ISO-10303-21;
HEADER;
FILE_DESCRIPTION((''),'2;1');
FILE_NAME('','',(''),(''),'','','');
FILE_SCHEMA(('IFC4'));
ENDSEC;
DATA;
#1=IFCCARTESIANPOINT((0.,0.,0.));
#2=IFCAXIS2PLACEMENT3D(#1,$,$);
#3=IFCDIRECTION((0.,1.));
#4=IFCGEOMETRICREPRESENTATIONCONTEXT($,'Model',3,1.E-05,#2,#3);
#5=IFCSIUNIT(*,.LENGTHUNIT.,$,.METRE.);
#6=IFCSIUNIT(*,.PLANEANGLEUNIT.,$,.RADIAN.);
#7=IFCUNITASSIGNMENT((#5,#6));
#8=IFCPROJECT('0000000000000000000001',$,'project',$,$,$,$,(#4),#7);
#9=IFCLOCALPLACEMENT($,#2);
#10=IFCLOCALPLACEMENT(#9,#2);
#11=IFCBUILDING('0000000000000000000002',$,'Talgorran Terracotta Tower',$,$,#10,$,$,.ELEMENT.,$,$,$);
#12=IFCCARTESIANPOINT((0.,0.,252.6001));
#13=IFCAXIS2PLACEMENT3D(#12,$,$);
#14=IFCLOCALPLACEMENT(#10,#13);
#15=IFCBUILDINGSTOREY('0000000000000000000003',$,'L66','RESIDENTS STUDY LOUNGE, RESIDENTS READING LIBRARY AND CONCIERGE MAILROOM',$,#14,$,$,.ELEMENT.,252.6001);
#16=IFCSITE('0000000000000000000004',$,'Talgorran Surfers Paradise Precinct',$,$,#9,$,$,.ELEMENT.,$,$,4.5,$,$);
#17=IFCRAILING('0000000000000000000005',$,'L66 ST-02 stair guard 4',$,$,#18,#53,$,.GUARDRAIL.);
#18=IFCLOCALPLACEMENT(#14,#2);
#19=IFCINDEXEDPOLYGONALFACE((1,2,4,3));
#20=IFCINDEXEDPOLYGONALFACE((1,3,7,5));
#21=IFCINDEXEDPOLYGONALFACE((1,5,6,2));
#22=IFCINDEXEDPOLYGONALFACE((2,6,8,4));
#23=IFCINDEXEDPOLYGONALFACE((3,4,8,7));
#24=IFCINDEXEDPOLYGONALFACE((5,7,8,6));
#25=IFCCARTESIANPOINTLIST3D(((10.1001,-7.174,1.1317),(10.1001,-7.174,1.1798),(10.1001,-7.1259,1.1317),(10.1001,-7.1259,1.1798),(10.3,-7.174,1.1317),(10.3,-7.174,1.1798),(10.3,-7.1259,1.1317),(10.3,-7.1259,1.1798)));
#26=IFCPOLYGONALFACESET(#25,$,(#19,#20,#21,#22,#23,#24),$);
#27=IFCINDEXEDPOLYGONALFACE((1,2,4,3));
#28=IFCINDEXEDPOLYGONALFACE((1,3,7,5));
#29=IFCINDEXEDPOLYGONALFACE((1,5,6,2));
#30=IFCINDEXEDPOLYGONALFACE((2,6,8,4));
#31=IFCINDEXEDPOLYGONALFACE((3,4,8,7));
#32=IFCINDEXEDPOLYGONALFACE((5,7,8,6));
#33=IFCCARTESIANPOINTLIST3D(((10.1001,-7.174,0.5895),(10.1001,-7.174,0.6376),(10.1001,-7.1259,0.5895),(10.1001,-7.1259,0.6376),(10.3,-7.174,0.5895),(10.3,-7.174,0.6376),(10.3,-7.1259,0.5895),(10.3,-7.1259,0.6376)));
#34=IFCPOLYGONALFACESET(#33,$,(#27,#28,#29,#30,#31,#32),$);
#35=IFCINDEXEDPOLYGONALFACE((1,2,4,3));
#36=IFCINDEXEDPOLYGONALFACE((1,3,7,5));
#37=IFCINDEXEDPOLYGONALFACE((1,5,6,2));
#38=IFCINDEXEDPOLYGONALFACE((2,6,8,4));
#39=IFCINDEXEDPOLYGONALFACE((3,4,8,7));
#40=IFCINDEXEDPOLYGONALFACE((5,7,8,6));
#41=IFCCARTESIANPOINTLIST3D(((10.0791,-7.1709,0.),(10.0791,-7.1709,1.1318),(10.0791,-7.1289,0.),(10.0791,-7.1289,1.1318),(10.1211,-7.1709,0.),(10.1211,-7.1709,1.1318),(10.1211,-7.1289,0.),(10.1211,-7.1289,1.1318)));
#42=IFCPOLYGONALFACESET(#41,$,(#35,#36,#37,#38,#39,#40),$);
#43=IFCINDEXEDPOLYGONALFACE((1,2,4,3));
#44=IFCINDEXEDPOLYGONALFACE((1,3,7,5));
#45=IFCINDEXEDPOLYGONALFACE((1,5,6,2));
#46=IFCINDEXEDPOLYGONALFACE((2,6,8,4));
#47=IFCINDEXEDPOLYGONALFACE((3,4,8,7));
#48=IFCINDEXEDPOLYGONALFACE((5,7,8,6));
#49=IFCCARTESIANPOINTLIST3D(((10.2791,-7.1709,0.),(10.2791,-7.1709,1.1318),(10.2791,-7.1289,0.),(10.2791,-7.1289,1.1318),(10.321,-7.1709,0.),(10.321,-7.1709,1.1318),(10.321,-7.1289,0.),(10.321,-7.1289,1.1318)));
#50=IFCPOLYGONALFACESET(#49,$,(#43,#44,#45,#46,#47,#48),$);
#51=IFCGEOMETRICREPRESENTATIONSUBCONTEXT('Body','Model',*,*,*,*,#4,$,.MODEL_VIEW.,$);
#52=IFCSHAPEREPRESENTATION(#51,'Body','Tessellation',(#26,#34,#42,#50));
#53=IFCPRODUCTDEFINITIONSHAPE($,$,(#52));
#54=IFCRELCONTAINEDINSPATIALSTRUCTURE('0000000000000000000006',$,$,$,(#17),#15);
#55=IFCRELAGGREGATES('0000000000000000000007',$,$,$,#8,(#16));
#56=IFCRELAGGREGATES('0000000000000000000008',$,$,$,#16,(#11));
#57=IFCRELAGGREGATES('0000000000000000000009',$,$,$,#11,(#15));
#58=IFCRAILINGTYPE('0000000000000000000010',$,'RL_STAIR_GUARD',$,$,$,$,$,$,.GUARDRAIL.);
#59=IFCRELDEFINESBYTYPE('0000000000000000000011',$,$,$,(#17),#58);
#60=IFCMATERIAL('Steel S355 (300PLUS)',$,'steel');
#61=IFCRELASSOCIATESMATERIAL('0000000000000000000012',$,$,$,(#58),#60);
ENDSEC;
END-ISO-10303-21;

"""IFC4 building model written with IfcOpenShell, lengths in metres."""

from ifc_helpers import new_model, si_unit, direction, frame, origin, origin_2d, place, context, subcontext, project, spatial, rectangle, extrude, material, type_object, element, save


model = new_model("IFC4")

# Units and contexts
model_context = context("Model", 3, precision=1e-05, world=origin(), true_north=direction((0.0, 1.0)))
body_context = subcontext(model_context, "Body", "Model", "MODEL_VIEW")
ifc_project = project(units=[si_unit("LENGTHUNIT", "METRE"), si_unit("PLANEANGLEUNIT", "RADIAN")], contexts=[model_context])

# Site, building, storey
site_placement = place(None, origin())
site = spatial("IfcSite", under=ifc_project, at=site_placement, Name="Talgorran Surfers Paradise Precinct", CompositionType="ELEMENT", RefElevation=4.5)
building_placement = place(site_placement, origin())
building = spatial("IfcBuilding", under=site, at=building_placement, Name="Talgorran Terracotta Tower", CompositionType="ELEMENT")
storey_placement = place(building_placement, frame((0.0, 0.0, 252.6001)))
storey = spatial("IfcBuildingStorey", under=building, at=storey_placement, Name="L66", Description="RESIDENTS STUDY LOUNGE, RESIDENTS READING LIBRARY AND CONCIERGE MAILROOM", CompositionType="ELEMENT", Elevation=252.6001)

# Shared definitions
ifc_material_1 = material(Name="Steel S355 (300PLUS)", Category="steel")

# Railing
railing_type_1 = type_object("IfcRailingType", Name="RL_STAIR_GUARD", PredefinedType="GUARDRAIL", material=ifc_material_1)
railing_1_placement = place(storey_placement, frame((10.1001, -7.1499, 0.0)))
element("IfcRailing", 1, at=railing_1_placement, inside=storey, type_object=railing_type_1, Name="L66 ST-02 stair guard 4", PredefinedType="GUARDRAIL", context=body_context, shape_type="SweptSolid", body=[
    extrude(rectangle(XDim=0.0481, YDim=0.0481, at=origin_2d()), frame((0.0, 0.0, 1.1558), z_axis=(1.0, 0.0, 0.0), x_axis=(0.0, 1.0, 0.0)), (0.0, 0.0, 1.0), 0.2),
    extrude(rectangle(XDim=0.0481, YDim=0.0481, at=origin_2d()), frame((0.0, 0.0, 0.6135), z_axis=(1.0, 0.0, 0.0), x_axis=(0.0, 1.0, 0.0)), (0.0, 0.0, 1.0), 0.2),
    extrude(rectangle(XDim=0.042, YDim=0.042, at=origin_2d()), origin(), (0.0, 0.0, 1.0), 1.1318),
    extrude(rectangle(XDim=0.042, YDim=0.042, at=origin_2d()), frame((0.2, 0.0, 0.0)), (0.0, 0.0, 1.0), 1.1318),
])

save(model, "model.ifc")
